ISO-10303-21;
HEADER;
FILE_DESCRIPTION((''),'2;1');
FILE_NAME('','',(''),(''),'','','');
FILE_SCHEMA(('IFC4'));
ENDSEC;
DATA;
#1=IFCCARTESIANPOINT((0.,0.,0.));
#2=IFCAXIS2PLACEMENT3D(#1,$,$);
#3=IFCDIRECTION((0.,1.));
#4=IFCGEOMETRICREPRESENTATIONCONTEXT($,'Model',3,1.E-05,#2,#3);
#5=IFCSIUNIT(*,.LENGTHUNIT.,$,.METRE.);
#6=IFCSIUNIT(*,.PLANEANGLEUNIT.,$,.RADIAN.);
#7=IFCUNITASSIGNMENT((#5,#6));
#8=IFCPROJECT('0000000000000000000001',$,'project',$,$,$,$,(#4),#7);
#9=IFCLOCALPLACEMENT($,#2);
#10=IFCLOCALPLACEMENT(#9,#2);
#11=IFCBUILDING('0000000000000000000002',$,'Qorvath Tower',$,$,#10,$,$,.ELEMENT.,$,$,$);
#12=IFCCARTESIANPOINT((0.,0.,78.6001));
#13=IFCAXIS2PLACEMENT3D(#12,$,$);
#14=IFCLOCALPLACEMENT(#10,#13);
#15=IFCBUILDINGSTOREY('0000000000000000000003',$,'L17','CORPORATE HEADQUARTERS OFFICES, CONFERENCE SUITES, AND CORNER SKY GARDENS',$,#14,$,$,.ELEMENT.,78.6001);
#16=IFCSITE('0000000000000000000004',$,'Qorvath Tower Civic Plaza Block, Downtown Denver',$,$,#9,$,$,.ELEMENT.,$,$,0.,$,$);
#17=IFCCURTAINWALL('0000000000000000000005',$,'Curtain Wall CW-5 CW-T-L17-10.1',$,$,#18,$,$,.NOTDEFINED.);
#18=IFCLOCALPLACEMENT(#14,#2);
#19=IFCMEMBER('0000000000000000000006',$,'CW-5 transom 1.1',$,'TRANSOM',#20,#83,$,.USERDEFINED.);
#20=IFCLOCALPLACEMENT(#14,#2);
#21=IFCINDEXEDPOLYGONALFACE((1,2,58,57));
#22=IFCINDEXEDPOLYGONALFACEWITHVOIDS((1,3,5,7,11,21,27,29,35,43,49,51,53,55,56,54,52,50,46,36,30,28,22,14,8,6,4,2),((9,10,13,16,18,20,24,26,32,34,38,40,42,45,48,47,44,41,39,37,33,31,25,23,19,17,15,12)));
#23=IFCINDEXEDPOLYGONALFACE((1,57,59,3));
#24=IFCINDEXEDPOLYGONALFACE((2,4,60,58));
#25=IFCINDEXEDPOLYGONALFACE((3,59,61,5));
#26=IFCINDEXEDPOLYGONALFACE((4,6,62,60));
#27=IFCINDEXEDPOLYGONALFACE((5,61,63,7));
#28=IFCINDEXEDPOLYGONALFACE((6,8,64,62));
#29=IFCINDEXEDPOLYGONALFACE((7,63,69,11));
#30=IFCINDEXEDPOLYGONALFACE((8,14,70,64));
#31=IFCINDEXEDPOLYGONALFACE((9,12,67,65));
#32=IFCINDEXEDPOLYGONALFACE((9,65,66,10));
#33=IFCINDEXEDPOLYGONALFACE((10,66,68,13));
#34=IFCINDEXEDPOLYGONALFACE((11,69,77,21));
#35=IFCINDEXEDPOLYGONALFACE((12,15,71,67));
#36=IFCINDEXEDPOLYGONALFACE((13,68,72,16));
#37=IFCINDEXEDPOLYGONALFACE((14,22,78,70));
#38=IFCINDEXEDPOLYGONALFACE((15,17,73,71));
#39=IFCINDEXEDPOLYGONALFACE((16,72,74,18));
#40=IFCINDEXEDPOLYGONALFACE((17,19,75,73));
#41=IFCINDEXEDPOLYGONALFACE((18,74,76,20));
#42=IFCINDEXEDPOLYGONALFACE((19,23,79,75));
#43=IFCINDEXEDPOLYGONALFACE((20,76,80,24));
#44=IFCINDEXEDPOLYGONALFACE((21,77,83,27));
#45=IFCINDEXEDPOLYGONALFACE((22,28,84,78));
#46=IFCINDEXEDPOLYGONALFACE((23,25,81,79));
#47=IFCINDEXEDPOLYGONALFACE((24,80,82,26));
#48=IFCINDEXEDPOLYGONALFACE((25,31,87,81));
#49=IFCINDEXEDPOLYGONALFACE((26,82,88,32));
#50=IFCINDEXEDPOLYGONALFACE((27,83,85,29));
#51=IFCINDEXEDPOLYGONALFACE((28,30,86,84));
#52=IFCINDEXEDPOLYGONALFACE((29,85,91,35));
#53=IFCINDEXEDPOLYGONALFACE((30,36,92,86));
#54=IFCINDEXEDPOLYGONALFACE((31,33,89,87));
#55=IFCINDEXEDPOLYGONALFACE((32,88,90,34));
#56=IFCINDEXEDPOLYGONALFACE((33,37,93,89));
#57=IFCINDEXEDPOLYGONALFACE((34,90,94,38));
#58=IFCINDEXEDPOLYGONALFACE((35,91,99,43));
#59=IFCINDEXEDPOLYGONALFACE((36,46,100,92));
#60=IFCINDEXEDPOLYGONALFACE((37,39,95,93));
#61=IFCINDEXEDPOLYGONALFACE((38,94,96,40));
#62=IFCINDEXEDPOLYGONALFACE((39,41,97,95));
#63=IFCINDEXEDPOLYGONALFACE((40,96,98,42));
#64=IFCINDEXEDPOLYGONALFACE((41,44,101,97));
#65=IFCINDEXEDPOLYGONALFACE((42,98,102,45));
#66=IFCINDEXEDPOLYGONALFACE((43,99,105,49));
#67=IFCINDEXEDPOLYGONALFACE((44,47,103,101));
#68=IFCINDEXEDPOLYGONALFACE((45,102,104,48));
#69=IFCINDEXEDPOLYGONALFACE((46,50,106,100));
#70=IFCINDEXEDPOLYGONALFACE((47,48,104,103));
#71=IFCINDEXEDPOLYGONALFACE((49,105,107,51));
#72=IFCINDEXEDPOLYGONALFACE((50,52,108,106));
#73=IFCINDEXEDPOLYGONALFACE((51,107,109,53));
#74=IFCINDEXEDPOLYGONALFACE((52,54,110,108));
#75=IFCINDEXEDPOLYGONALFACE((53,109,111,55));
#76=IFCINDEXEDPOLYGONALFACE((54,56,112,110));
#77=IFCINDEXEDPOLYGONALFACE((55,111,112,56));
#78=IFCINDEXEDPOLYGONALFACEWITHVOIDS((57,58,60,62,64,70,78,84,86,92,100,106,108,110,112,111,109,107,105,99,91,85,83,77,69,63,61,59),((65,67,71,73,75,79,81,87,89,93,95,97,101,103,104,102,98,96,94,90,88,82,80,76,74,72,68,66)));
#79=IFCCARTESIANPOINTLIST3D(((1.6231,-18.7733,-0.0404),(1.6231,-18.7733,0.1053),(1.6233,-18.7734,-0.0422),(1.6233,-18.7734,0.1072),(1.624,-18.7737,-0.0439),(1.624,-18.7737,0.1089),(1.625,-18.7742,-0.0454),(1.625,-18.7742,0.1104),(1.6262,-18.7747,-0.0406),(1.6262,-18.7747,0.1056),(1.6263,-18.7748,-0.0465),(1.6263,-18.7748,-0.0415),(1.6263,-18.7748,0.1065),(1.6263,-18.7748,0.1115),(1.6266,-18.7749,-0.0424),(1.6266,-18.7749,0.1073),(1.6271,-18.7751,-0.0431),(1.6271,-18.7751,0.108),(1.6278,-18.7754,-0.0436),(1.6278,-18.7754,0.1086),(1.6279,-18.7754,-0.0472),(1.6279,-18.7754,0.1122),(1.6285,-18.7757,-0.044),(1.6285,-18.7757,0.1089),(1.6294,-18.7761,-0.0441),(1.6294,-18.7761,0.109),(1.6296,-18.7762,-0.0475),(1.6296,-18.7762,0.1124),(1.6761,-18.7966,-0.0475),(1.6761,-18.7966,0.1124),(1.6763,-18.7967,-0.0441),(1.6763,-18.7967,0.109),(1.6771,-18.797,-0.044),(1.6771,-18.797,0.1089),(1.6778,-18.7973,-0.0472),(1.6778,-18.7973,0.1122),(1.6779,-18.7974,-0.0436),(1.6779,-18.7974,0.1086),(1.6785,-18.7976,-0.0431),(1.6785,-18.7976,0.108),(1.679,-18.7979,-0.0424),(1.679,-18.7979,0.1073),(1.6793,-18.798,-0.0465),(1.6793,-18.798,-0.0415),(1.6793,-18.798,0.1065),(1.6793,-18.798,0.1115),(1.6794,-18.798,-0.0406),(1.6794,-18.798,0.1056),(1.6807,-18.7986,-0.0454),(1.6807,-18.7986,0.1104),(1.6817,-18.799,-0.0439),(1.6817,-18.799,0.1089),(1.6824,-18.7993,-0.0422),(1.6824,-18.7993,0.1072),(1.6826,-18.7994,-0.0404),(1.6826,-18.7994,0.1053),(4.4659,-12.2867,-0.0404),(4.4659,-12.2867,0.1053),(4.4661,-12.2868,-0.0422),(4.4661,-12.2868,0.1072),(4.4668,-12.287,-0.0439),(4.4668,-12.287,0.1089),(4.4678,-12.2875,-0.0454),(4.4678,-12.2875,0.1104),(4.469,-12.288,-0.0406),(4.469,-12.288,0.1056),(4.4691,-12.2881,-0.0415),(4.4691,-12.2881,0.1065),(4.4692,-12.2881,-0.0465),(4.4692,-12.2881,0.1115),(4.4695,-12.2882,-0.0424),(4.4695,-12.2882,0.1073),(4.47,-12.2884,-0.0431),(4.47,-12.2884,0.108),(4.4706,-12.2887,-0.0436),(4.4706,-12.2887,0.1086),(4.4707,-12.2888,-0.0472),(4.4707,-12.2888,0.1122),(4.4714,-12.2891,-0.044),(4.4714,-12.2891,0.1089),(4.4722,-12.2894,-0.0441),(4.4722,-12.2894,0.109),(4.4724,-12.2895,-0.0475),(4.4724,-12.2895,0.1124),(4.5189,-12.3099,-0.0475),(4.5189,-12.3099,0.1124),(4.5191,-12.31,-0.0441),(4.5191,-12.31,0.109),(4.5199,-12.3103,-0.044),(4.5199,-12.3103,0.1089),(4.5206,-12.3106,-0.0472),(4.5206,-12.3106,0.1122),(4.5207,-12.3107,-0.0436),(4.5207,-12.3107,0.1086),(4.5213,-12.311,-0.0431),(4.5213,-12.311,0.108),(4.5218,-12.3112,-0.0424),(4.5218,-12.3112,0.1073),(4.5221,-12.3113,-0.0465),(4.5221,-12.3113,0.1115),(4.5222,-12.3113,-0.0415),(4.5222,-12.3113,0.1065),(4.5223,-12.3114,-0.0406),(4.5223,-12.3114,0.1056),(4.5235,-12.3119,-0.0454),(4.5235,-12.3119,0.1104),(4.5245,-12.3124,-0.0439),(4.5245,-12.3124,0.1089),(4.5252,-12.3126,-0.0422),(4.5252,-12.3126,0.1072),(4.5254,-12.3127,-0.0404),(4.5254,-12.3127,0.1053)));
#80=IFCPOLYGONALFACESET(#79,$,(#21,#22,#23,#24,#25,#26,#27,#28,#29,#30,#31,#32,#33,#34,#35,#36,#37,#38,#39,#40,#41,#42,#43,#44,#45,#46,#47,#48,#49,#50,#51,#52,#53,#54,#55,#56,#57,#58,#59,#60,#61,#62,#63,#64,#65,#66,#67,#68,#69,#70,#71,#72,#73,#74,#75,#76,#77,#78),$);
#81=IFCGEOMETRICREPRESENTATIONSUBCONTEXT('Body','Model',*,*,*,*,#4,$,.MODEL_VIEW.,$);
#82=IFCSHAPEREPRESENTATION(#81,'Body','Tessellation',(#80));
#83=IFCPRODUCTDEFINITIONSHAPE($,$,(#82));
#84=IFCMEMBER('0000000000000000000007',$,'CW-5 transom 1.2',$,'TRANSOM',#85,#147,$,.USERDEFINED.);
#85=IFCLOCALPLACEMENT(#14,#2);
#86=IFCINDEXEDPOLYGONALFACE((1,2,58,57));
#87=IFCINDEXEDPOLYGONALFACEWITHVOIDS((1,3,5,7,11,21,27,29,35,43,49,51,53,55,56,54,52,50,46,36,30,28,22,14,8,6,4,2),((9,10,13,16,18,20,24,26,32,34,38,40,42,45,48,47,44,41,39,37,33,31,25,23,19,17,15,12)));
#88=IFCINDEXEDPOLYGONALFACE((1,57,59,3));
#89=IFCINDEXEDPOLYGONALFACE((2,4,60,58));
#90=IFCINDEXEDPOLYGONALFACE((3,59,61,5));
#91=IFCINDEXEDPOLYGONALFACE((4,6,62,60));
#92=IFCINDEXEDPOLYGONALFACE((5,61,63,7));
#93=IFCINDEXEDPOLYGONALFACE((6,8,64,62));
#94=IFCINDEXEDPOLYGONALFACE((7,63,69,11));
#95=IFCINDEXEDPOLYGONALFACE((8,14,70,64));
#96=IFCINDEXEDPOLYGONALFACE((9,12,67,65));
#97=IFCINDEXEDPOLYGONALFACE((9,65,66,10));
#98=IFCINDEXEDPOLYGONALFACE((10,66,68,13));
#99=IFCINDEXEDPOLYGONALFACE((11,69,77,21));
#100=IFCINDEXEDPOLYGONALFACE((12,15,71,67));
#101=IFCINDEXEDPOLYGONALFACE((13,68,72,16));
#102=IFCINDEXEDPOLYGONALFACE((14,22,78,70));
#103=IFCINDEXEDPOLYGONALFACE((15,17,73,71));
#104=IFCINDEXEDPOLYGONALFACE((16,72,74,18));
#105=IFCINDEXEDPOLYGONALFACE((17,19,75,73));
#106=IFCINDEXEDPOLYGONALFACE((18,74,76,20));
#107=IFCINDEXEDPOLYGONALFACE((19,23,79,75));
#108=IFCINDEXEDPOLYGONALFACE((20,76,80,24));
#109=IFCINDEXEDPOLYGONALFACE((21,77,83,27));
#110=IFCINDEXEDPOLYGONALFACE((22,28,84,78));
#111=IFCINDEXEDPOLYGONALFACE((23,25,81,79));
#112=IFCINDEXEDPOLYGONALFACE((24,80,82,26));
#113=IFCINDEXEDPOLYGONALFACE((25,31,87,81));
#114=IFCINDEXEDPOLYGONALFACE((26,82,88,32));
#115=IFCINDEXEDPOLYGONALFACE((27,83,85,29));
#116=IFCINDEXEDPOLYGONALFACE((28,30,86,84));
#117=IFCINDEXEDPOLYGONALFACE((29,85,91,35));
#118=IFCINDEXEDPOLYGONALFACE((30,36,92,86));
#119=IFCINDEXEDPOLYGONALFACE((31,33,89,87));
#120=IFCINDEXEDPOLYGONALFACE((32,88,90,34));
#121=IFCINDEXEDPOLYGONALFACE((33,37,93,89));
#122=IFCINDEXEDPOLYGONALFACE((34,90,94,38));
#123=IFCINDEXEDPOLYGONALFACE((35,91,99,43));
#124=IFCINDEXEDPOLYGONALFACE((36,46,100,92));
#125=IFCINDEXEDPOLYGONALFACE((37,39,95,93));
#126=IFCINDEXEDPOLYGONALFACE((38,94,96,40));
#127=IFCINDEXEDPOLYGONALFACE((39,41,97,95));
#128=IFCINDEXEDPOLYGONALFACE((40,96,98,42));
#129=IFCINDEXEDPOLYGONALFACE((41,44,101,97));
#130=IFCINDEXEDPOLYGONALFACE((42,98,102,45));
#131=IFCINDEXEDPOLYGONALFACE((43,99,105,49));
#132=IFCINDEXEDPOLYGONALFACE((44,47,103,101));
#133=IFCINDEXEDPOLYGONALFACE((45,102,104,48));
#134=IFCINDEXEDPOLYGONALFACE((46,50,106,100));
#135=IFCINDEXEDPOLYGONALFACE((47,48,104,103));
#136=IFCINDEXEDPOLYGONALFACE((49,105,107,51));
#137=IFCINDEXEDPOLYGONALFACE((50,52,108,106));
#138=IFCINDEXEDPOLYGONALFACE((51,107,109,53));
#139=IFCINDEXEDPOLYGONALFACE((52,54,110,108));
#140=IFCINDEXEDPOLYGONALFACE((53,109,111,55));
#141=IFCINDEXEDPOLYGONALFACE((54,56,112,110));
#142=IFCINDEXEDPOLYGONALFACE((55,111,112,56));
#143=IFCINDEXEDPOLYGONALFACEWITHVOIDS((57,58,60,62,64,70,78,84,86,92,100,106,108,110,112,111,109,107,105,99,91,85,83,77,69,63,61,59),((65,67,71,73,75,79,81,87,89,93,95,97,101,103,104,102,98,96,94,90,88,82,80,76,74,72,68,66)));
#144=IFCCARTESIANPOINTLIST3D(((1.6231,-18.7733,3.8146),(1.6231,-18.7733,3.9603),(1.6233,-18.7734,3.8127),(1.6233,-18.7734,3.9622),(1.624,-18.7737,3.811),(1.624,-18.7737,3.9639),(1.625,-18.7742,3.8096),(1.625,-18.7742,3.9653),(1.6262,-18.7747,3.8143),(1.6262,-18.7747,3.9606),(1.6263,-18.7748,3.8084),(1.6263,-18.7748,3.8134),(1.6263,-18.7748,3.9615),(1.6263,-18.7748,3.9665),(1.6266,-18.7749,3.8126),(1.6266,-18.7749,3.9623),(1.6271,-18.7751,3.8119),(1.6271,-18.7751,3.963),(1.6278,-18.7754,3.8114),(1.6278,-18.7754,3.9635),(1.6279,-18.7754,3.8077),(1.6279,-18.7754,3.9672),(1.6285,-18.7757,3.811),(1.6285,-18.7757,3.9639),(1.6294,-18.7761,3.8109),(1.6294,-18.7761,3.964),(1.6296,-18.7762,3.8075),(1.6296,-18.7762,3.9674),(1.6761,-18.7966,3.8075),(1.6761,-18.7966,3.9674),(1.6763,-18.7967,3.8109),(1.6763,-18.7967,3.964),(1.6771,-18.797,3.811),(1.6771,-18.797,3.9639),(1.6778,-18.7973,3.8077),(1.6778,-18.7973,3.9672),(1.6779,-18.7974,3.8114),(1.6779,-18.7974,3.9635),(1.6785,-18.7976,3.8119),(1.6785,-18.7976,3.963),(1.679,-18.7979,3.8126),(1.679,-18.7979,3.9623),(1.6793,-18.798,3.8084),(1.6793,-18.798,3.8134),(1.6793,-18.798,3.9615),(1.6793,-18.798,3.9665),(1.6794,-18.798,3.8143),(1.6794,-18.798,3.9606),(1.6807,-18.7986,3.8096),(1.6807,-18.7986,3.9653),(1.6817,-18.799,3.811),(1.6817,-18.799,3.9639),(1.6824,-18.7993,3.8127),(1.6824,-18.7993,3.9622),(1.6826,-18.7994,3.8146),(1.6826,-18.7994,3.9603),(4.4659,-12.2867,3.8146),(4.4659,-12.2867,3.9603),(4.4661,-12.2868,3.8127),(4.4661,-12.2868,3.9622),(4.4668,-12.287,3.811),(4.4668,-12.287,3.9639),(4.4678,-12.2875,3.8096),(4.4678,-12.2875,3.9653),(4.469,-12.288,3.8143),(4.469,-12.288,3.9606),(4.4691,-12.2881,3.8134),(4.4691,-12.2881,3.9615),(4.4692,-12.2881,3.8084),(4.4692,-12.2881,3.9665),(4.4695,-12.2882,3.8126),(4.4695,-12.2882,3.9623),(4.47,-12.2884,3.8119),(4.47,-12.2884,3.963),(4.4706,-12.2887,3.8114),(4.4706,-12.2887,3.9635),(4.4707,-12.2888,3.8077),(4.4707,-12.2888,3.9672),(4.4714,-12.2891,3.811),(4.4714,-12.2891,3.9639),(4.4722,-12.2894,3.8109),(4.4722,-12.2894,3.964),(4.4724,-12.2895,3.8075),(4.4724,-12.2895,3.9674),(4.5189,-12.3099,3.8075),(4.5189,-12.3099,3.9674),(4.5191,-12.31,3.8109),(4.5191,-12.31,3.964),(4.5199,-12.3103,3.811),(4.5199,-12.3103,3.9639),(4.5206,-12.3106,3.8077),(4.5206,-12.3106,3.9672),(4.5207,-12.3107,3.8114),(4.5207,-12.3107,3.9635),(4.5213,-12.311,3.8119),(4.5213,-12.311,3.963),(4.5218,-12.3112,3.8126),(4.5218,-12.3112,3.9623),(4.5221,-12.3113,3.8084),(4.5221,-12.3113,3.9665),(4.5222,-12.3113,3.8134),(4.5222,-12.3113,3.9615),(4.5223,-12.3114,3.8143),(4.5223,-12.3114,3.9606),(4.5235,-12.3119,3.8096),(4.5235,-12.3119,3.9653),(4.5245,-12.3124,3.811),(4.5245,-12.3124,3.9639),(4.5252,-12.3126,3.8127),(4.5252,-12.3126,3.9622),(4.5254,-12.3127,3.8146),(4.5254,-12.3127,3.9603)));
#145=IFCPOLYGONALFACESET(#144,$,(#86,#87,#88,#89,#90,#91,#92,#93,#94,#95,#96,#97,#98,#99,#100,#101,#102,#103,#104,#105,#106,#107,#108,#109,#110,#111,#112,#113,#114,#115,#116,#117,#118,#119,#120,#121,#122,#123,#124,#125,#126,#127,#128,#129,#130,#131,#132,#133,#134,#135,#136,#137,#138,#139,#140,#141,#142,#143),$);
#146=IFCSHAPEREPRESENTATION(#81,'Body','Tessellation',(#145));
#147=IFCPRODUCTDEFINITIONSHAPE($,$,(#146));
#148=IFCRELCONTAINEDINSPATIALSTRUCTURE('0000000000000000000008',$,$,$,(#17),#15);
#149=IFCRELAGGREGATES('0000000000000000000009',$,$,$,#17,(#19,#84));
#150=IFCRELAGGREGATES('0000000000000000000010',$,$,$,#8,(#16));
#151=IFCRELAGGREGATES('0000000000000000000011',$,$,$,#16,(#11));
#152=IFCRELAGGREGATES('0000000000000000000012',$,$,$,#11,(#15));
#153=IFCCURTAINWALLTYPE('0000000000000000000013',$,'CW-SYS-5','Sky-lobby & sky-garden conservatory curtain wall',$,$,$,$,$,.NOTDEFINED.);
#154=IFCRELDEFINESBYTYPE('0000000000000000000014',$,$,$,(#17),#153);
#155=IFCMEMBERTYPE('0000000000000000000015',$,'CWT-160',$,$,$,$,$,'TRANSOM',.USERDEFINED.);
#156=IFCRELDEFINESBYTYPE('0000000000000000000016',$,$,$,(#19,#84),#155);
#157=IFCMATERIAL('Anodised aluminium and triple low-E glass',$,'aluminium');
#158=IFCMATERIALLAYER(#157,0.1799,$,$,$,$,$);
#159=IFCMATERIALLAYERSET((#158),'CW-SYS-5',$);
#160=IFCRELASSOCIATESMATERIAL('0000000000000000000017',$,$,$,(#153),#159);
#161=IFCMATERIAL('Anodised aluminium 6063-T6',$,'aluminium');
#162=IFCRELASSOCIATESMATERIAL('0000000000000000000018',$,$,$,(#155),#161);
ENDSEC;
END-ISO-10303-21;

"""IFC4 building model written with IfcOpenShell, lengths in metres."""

from ifc_helpers import new_model, si_unit, direction, frame, origin, origin_2d, place, context, subcontext, project, spatial, hollow_rectangle, extrude, material, layer, layer_set, material_profile, profile_set, type_object, element, aggregate, save


model = new_model("IFC4")

# Units and contexts
model_context = context("Model", 3, precision=1e-05, world=origin(), true_north=direction((0.0, 1.0)))
body_context = subcontext(model_context, "Body", "Model", "MODEL_VIEW")
ifc_project = project(units=[si_unit("LENGTHUNIT", "METRE"), si_unit("PLANEANGLEUNIT", "RADIAN")], contexts=[model_context])

# Site, building, storey
site_placement = place(None, origin())
site = spatial("IfcSite", under=ifc_project, at=site_placement, Name="Qorvath Tower Civic Plaza Block, Downtown Denver", CompositionType="ELEMENT", RefElevation=0.0)
building_placement = place(site_placement, origin())
building = spatial("IfcBuilding", under=site, at=building_placement, Name="Qorvath Tower", CompositionType="ELEMENT")
storey_placement = place(building_placement, frame((0.0, 0.0, 78.6001)))
storey = spatial("IfcBuildingStorey", under=building, at=storey_placement, Name="L17", Description="CORPORATE HEADQUARTERS OFFICES, CONFERENCE SUITES, AND CORNER SKY GARDENS", CompositionType="ELEMENT", Elevation=78.6001)

# Shared definitions
ifc_material_1 = material(Name="Anodised aluminium and triple low-E glass", Category="aluminium")
ifc_layer_1 = layer(ifc_material_1, 0.1799)
ifc_layer_set_1 = layer_set([ifc_layer_1], Name="CW-SYS-5")
curtain_wall_type = type_object("IfcCurtainWallType", Name="CW-SYS-5", Description="Sky-lobby & sky-garden conservatory curtain wall", PredefinedType="NOTDEFINED", material=ifc_layer_set_1)

# Curtain wall
curtain_wall_1_placement = place(storey_placement, origin())
curtain_wall_1 = element("IfcCurtainWall", 1, at=curtain_wall_1_placement, inside=storey, type_object=curtain_wall_type, Name="Curtain Wall CW-5 CW-T-L17-10.1", PredefinedType="NOTDEFINED")

# Members
ifc_material_2 = material(Name="Anodised aluminium 6063-T6", Category="aluminium")
ifc_material_profile_1 = material_profile(ifc_material_2, hollow_rectangle(XDim=0.0649, YDim=0.1599, WallThickness=0.0034, InnerFilletRadius=0.0034, OuterFilletRadius=0.0071, at=origin_2d()), Name="CWT 160x65")
ifc_profile_set_1 = profile_set([ifc_material_profile_1], Name="Anodised aluminium 6063-T6")
member_type_1 = type_object("IfcMemberType", Name="CWT-160", ElementType="TRANSOM", PredefinedType="USERDEFINED", material=ifc_profile_set_1)
member_1_placement = place(storey_placement, frame((1.6528, -18.7864, 0.0325), z_axis=(0.401399, 0.915903, 0.0), x_axis=(-0.915903, 0.401399, 0.0)))
member_1 = element("IfcMember", 2, at=member_1_placement, type_object=member_type_1, Name="CW-5 transom 1.1", ObjectType="TRANSOM", PredefinedType="USERDEFINED", context=body_context, shape_type="SweptSolid", body=[
    extrude(hollow_rectangle(XDim=0.0649, YDim=0.1599, WallThickness=0.0034, InnerFilletRadius=0.0034, OuterFilletRadius=0.0071, at=origin_2d()), origin(), (0.0, 0.0, 1.0), 7.0823),
])
member_2_placement = place(storey_placement, frame((1.6528, -18.7864, 3.8875), z_axis=(0.401399, 0.915903, 0.0), x_axis=(-0.915903, 0.401399, 0.0)))
member_2 = element("IfcMember", 3, at=member_2_placement, type_object=member_type_1, Name="CW-5 transom 1.2", ObjectType="TRANSOM", PredefinedType="USERDEFINED", context=body_context, shape_type="SweptSolid", body=[
    extrude(hollow_rectangle(XDim=0.0649, YDim=0.1599, WallThickness=0.0034, InnerFilletRadius=0.0034, OuterFilletRadius=0.0071, at=origin_2d()), origin(), (0.0, 0.0, 1.0), 7.0823),
])

aggregate(curtain_wall_1, [member_1, member_2])

save(model, "model.ifc")
